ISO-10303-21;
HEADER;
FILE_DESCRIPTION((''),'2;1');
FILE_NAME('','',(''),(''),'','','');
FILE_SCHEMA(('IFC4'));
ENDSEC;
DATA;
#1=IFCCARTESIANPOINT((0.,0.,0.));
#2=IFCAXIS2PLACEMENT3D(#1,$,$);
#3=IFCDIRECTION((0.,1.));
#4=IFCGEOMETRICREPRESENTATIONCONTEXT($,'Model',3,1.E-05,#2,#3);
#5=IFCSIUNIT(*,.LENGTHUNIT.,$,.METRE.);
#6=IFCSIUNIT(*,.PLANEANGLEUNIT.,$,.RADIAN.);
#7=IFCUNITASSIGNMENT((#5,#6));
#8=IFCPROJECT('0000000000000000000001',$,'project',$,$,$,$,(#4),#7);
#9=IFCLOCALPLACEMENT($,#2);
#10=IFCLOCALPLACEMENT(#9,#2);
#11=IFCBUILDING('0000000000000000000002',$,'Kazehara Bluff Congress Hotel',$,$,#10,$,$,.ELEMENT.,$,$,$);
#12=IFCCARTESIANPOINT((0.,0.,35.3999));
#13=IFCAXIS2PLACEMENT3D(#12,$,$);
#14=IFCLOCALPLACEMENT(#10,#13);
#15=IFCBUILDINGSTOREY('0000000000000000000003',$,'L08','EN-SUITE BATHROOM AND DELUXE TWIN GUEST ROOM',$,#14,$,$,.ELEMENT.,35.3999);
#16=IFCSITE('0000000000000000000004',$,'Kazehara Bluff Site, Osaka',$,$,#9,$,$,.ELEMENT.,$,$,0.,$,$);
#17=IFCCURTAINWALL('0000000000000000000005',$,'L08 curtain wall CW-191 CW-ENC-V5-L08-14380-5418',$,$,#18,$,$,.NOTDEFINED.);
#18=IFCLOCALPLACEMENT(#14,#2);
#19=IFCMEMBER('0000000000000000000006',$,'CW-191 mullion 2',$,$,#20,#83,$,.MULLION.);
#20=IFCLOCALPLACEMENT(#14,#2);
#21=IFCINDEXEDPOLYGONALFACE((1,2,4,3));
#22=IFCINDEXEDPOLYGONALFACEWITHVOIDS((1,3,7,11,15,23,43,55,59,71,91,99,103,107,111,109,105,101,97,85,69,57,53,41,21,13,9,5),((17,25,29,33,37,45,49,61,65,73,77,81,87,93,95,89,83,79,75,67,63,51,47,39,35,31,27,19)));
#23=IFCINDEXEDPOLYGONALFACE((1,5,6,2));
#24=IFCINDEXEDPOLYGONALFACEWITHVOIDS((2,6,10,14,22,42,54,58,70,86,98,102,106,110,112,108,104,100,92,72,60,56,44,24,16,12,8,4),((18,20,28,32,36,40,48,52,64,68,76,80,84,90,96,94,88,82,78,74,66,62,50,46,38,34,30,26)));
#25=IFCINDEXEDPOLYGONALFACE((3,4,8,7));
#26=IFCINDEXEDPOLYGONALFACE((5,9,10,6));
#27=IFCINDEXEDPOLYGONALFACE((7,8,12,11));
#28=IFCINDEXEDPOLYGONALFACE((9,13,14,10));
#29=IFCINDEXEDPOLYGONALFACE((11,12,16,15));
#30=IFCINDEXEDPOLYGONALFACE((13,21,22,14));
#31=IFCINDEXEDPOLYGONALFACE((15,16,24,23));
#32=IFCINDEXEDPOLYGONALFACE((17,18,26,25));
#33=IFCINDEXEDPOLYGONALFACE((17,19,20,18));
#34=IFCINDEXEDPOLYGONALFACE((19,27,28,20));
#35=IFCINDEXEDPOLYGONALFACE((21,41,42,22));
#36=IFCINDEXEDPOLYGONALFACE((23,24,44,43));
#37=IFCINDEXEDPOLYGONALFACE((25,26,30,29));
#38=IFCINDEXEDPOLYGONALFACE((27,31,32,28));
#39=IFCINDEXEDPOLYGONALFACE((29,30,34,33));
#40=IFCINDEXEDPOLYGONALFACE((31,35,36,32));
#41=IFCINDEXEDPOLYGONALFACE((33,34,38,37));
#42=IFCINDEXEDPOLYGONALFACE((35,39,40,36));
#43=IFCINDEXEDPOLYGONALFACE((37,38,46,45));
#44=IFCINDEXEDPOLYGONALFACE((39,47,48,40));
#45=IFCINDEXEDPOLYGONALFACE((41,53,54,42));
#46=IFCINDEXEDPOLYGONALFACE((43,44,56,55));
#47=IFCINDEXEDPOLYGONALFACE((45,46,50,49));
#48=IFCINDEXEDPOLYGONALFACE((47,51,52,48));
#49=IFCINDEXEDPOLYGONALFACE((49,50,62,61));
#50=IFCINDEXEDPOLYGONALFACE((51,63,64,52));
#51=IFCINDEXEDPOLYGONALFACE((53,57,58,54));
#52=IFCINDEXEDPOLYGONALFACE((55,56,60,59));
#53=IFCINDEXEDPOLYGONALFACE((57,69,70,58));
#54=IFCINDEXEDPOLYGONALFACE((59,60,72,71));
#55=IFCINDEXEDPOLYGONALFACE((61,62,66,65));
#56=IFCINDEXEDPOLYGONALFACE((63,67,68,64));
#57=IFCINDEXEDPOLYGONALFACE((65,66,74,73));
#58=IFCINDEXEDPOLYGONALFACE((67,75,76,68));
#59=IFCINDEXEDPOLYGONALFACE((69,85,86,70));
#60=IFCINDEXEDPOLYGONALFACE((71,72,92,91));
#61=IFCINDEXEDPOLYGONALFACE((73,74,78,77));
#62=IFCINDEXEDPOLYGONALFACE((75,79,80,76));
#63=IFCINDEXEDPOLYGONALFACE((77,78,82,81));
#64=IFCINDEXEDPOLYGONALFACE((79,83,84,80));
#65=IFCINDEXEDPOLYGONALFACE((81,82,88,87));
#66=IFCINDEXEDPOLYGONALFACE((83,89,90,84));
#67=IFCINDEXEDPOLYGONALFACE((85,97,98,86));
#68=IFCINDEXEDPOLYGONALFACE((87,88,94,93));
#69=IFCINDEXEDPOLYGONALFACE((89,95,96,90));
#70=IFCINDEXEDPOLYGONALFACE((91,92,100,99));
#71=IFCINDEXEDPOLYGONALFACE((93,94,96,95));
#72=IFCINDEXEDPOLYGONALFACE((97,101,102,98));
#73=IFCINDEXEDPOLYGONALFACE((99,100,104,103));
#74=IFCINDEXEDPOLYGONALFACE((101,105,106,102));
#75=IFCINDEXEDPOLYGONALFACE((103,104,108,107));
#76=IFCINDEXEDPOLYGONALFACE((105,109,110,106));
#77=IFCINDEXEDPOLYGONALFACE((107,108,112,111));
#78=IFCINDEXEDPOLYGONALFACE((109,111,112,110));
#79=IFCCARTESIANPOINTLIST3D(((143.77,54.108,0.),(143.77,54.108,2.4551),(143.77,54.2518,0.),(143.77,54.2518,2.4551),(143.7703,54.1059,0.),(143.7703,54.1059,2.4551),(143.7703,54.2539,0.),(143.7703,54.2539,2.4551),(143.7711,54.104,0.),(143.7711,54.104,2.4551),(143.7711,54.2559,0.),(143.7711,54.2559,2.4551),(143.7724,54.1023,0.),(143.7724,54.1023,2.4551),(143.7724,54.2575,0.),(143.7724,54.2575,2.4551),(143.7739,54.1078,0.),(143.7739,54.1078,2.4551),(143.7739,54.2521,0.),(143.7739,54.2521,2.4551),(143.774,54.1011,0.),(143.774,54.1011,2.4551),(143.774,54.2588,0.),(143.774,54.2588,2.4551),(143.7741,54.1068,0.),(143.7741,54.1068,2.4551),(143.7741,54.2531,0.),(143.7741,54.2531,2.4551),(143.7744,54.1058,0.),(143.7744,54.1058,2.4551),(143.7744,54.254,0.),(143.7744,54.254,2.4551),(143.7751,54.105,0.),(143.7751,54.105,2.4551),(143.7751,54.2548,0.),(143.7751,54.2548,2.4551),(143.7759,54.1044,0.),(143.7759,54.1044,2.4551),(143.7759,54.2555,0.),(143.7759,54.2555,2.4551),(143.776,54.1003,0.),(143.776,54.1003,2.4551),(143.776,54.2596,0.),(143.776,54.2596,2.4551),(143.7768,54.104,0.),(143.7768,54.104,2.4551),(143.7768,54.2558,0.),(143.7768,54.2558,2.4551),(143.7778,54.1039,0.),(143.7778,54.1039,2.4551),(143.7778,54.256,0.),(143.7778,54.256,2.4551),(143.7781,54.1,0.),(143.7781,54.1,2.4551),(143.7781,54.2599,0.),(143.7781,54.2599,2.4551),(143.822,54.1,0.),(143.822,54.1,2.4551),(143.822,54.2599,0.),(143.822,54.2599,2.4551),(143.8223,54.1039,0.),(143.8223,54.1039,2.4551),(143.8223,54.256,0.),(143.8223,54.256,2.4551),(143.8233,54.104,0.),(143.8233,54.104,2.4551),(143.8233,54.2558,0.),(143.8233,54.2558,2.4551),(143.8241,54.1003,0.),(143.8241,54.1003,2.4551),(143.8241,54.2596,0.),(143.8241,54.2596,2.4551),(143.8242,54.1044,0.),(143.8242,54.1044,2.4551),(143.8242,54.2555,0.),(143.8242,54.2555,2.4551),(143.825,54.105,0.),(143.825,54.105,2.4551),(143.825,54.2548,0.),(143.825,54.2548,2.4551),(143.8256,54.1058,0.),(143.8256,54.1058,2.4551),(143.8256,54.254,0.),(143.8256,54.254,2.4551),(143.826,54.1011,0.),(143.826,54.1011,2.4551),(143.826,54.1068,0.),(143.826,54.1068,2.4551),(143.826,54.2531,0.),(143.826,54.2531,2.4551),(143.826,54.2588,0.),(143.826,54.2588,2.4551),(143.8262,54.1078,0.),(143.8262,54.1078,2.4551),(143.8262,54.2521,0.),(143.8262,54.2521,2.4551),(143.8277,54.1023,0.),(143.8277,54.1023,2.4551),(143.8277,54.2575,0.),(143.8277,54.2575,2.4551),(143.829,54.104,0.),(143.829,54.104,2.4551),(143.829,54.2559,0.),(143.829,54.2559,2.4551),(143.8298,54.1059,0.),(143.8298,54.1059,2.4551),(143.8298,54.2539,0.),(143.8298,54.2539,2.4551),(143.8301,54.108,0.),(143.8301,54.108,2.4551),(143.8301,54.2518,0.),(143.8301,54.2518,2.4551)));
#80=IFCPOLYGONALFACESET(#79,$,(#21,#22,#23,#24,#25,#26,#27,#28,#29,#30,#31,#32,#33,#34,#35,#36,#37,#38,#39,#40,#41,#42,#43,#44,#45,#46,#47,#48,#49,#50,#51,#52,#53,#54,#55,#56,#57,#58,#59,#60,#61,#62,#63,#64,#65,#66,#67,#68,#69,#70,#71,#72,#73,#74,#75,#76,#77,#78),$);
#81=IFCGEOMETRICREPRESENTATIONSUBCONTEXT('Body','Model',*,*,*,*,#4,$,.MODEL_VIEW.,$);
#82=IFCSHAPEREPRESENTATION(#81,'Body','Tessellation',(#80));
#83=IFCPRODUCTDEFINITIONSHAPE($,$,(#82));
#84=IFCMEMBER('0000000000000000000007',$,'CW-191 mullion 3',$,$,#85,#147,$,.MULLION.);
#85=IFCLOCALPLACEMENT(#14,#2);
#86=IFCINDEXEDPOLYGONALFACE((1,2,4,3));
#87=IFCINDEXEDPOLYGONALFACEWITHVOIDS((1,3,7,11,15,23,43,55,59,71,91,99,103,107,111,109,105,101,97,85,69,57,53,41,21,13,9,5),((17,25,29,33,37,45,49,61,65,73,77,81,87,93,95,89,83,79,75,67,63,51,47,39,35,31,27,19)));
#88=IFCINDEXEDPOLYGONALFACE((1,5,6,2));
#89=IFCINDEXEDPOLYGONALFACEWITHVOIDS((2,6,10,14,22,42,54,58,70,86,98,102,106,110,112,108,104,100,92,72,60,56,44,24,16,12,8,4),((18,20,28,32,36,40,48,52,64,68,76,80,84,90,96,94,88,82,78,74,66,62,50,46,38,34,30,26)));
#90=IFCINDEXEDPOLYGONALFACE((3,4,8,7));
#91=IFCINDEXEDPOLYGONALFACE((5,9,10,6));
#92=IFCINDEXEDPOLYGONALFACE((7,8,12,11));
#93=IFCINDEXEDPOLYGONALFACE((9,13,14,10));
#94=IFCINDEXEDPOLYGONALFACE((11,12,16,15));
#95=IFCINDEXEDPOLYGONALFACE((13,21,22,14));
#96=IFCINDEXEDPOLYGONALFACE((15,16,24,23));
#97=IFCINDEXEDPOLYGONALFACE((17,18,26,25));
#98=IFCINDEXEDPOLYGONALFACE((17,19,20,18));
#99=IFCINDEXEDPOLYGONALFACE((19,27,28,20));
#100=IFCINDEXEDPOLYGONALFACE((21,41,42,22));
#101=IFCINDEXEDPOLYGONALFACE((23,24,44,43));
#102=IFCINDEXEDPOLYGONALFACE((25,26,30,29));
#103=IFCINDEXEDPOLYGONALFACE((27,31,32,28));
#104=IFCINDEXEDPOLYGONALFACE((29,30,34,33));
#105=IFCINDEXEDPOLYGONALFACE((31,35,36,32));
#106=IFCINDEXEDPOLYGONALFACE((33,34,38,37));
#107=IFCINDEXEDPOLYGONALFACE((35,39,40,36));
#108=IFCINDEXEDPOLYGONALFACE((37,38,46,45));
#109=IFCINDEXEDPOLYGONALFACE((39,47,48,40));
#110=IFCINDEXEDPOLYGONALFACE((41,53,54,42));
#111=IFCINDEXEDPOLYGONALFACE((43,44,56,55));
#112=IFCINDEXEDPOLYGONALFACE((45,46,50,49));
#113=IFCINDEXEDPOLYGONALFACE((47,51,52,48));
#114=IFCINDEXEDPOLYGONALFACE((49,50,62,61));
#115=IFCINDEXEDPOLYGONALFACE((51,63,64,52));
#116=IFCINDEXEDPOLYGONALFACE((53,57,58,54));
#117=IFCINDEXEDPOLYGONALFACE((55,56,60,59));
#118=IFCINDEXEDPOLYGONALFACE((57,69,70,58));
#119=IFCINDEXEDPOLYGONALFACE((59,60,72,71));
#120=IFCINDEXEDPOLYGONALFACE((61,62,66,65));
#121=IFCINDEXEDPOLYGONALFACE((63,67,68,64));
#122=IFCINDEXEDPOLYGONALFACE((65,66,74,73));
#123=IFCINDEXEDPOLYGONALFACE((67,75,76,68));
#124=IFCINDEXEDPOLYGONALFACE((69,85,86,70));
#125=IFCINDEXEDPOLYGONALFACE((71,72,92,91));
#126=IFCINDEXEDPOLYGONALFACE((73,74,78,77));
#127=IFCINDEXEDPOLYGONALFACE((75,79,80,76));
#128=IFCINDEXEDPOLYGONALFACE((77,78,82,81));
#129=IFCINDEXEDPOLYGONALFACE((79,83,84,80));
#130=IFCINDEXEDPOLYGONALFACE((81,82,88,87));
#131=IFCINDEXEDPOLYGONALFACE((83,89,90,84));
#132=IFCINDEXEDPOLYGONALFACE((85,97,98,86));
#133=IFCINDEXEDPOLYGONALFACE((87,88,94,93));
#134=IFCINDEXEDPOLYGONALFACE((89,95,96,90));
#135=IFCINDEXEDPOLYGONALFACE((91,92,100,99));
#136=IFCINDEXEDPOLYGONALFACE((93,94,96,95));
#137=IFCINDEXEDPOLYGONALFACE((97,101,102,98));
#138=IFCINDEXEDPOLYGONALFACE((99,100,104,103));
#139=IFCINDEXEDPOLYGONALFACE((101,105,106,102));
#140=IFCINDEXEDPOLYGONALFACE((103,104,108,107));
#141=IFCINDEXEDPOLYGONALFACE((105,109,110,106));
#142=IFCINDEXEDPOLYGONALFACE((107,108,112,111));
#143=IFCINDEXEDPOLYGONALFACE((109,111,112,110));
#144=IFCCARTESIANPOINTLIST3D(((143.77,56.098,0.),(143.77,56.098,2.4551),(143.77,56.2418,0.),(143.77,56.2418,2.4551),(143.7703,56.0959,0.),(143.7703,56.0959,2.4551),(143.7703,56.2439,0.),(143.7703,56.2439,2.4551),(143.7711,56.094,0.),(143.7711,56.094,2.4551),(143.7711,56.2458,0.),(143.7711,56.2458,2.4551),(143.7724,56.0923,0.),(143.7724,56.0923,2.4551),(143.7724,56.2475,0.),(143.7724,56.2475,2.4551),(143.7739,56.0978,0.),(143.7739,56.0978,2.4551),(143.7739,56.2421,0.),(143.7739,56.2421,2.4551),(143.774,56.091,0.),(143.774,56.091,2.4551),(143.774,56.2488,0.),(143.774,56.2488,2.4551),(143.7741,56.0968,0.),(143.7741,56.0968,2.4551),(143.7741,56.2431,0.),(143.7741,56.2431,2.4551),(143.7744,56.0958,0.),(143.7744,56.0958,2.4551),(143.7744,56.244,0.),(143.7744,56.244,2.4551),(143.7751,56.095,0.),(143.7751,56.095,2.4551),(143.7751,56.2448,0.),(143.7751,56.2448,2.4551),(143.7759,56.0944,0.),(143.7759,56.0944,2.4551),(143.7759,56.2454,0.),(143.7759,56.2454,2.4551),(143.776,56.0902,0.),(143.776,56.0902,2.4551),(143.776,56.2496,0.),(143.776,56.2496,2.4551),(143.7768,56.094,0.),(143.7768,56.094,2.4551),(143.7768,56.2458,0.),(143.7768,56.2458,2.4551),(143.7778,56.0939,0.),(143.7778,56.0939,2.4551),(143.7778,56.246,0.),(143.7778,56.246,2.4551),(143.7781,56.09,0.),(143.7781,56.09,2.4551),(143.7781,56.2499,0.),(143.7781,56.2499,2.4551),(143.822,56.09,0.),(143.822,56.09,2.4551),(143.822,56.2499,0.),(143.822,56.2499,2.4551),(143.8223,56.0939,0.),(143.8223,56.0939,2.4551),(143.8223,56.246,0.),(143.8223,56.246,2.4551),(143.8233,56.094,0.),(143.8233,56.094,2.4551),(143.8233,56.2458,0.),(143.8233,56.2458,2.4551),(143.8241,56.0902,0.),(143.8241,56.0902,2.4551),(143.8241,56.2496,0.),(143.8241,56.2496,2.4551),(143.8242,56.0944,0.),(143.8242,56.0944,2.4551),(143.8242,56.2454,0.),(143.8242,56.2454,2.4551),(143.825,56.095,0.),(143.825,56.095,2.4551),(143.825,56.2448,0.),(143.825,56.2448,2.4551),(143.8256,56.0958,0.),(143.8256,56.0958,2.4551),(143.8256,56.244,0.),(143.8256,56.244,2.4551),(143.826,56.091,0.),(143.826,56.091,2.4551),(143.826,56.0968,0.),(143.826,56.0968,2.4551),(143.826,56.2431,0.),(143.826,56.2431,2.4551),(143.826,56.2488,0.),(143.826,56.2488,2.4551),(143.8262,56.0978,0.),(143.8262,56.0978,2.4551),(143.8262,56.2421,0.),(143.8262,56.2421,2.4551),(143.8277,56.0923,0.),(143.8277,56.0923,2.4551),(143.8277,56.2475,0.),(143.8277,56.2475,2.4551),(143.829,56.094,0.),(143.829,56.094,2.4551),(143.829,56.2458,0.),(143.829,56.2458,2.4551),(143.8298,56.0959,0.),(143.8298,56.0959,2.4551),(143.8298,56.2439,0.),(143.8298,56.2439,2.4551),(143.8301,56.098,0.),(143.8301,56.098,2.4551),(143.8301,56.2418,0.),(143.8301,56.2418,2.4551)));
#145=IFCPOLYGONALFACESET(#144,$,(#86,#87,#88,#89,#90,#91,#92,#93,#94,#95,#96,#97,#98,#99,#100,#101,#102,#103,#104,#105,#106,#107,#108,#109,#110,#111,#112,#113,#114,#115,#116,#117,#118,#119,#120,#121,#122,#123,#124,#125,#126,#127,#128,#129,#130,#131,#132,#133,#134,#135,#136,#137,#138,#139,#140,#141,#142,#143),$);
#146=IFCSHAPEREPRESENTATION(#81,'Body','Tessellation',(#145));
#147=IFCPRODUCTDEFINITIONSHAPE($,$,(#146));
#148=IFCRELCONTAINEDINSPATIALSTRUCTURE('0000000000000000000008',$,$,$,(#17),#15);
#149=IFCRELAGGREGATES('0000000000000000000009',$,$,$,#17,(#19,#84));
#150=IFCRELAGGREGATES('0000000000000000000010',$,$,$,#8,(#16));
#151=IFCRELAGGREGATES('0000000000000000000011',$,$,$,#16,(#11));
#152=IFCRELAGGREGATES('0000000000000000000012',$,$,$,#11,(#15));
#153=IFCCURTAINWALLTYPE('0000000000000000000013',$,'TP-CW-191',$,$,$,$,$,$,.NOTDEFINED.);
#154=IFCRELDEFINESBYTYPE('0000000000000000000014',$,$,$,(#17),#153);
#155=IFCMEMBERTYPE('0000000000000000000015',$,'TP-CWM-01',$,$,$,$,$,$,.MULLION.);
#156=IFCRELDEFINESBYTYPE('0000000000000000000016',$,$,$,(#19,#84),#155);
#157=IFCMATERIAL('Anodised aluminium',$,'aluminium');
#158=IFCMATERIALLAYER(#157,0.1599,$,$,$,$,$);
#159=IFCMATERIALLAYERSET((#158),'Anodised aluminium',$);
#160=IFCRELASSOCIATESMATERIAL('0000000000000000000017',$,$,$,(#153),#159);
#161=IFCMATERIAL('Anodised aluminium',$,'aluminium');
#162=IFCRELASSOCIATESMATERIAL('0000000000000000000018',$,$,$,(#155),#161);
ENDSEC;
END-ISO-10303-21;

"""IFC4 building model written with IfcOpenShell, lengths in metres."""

from ifc_helpers import new_model, si_unit, direction, frame, origin, origin_2d, place, context, subcontext, project, spatial, hollow_rectangle, extrude, material, layer, layer_set, material_profile, profile_set, type_object, element, aggregate, save


model = new_model("IFC4")

# Units and contexts
model_context = context("Model", 3, precision=1e-05, world=origin(), true_north=direction((0.0, 1.0)))
body_context = subcontext(model_context, "Body", "Model", "MODEL_VIEW")
ifc_project = project(units=[si_unit("LENGTHUNIT", "METRE"), si_unit("PLANEANGLEUNIT", "RADIAN")], contexts=[model_context])

# Site, building, storey
site_placement = place(None, origin())
site = spatial("IfcSite", under=ifc_project, at=site_placement, Name="Kazehara Bluff Site, Osaka", CompositionType="ELEMENT", RefElevation=0.0)
building_placement = place(site_placement, origin())
building = spatial("IfcBuilding", under=site, at=building_placement, Name="Kazehara Bluff Congress Hotel", CompositionType="ELEMENT")
storey_placement = place(building_placement, frame((0.0, 0.0, 35.3999)))
storey = spatial("IfcBuildingStorey", under=building, at=storey_placement, Name="L08", Description="EN-SUITE BATHROOM AND DELUXE TWIN GUEST ROOM", CompositionType="ELEMENT", Elevation=35.3999)

# Curtain wall, members
ifc_material_1 = material(Name="Anodised aluminium", Category="aluminium")
ifc_layer_1 = layer(ifc_material_1, 0.1599)
ifc_layer_set_1 = layer_set([ifc_layer_1], Name="Anodised aluminium")
curtain_wall_type_1 = type_object("IfcCurtainWallType", Name="TP-CW-191", PredefinedType="NOTDEFINED", material=ifc_layer_set_1)
curtain_wall_1_placement = place(storey_placement, origin())
curtain_wall_1 = element("IfcCurtainWall", 1, at=curtain_wall_1_placement, inside=storey, type_object=curtain_wall_type_1, Name="L08 curtain wall CW-191 CW-ENC-V5-L08-14380-5418", PredefinedType="NOTDEFINED")
ifc_material_2 = material(Name="Anodised aluminium", Category="aluminium")
ifc_material_profile_1 = material_profile(ifc_material_2, hollow_rectangle(XDim=0.0601, YDim=0.1599, WallThickness=0.0039, InnerFilletRadius=0.0039, OuterFilletRadius=0.0081, at=origin_2d()))
ifc_profile_set_1 = profile_set([ifc_material_profile_1], Name="Anodised aluminium")
member_type_1 = type_object("IfcMemberType", Name="TP-CWM-01", PredefinedType="MULLION", material=ifc_profile_set_1)
member_1_placement = place(storey_placement, frame((143.8, 54.1799, 0.0), z_axis=(0.0, 0.0, 1.0), x_axis=(-1.0, 0.0, 0.0)))
member_1 = element("IfcMember", 2, at=member_1_placement, type_object=member_type_1, Name="CW-191 mullion 2", PredefinedType="MULLION", context=body_context, shape_type="SweptSolid", body=[
    extrude(hollow_rectangle(XDim=0.0601, YDim=0.1599, WallThickness=0.0039, InnerFilletRadius=0.0039, OuterFilletRadius=0.0081, at=origin_2d()), origin(), (0.0, 0.0, 1.0), 2.4551),
])
member_2_placement = place(storey_placement, frame((143.8, 56.1699, 0.0), z_axis=(0.0, 0.0, 1.0), x_axis=(-1.0, 0.0, 0.0)))
member_2 = element("IfcMember", 3, at=member_2_placement, type_object=member_type_1, Name="CW-191 mullion 3", PredefinedType="MULLION", context=body_context, shape_type="SweptSolid", body=[
    extrude(hollow_rectangle(XDim=0.0601, YDim=0.1599, WallThickness=0.0039, InnerFilletRadius=0.0039, OuterFilletRadius=0.0081, at=origin_2d()), origin(), (0.0, 0.0, 1.0), 2.4551),
])

aggregate(curtain_wall_1, [member_1, member_2])

save(model, "model.ifc")
